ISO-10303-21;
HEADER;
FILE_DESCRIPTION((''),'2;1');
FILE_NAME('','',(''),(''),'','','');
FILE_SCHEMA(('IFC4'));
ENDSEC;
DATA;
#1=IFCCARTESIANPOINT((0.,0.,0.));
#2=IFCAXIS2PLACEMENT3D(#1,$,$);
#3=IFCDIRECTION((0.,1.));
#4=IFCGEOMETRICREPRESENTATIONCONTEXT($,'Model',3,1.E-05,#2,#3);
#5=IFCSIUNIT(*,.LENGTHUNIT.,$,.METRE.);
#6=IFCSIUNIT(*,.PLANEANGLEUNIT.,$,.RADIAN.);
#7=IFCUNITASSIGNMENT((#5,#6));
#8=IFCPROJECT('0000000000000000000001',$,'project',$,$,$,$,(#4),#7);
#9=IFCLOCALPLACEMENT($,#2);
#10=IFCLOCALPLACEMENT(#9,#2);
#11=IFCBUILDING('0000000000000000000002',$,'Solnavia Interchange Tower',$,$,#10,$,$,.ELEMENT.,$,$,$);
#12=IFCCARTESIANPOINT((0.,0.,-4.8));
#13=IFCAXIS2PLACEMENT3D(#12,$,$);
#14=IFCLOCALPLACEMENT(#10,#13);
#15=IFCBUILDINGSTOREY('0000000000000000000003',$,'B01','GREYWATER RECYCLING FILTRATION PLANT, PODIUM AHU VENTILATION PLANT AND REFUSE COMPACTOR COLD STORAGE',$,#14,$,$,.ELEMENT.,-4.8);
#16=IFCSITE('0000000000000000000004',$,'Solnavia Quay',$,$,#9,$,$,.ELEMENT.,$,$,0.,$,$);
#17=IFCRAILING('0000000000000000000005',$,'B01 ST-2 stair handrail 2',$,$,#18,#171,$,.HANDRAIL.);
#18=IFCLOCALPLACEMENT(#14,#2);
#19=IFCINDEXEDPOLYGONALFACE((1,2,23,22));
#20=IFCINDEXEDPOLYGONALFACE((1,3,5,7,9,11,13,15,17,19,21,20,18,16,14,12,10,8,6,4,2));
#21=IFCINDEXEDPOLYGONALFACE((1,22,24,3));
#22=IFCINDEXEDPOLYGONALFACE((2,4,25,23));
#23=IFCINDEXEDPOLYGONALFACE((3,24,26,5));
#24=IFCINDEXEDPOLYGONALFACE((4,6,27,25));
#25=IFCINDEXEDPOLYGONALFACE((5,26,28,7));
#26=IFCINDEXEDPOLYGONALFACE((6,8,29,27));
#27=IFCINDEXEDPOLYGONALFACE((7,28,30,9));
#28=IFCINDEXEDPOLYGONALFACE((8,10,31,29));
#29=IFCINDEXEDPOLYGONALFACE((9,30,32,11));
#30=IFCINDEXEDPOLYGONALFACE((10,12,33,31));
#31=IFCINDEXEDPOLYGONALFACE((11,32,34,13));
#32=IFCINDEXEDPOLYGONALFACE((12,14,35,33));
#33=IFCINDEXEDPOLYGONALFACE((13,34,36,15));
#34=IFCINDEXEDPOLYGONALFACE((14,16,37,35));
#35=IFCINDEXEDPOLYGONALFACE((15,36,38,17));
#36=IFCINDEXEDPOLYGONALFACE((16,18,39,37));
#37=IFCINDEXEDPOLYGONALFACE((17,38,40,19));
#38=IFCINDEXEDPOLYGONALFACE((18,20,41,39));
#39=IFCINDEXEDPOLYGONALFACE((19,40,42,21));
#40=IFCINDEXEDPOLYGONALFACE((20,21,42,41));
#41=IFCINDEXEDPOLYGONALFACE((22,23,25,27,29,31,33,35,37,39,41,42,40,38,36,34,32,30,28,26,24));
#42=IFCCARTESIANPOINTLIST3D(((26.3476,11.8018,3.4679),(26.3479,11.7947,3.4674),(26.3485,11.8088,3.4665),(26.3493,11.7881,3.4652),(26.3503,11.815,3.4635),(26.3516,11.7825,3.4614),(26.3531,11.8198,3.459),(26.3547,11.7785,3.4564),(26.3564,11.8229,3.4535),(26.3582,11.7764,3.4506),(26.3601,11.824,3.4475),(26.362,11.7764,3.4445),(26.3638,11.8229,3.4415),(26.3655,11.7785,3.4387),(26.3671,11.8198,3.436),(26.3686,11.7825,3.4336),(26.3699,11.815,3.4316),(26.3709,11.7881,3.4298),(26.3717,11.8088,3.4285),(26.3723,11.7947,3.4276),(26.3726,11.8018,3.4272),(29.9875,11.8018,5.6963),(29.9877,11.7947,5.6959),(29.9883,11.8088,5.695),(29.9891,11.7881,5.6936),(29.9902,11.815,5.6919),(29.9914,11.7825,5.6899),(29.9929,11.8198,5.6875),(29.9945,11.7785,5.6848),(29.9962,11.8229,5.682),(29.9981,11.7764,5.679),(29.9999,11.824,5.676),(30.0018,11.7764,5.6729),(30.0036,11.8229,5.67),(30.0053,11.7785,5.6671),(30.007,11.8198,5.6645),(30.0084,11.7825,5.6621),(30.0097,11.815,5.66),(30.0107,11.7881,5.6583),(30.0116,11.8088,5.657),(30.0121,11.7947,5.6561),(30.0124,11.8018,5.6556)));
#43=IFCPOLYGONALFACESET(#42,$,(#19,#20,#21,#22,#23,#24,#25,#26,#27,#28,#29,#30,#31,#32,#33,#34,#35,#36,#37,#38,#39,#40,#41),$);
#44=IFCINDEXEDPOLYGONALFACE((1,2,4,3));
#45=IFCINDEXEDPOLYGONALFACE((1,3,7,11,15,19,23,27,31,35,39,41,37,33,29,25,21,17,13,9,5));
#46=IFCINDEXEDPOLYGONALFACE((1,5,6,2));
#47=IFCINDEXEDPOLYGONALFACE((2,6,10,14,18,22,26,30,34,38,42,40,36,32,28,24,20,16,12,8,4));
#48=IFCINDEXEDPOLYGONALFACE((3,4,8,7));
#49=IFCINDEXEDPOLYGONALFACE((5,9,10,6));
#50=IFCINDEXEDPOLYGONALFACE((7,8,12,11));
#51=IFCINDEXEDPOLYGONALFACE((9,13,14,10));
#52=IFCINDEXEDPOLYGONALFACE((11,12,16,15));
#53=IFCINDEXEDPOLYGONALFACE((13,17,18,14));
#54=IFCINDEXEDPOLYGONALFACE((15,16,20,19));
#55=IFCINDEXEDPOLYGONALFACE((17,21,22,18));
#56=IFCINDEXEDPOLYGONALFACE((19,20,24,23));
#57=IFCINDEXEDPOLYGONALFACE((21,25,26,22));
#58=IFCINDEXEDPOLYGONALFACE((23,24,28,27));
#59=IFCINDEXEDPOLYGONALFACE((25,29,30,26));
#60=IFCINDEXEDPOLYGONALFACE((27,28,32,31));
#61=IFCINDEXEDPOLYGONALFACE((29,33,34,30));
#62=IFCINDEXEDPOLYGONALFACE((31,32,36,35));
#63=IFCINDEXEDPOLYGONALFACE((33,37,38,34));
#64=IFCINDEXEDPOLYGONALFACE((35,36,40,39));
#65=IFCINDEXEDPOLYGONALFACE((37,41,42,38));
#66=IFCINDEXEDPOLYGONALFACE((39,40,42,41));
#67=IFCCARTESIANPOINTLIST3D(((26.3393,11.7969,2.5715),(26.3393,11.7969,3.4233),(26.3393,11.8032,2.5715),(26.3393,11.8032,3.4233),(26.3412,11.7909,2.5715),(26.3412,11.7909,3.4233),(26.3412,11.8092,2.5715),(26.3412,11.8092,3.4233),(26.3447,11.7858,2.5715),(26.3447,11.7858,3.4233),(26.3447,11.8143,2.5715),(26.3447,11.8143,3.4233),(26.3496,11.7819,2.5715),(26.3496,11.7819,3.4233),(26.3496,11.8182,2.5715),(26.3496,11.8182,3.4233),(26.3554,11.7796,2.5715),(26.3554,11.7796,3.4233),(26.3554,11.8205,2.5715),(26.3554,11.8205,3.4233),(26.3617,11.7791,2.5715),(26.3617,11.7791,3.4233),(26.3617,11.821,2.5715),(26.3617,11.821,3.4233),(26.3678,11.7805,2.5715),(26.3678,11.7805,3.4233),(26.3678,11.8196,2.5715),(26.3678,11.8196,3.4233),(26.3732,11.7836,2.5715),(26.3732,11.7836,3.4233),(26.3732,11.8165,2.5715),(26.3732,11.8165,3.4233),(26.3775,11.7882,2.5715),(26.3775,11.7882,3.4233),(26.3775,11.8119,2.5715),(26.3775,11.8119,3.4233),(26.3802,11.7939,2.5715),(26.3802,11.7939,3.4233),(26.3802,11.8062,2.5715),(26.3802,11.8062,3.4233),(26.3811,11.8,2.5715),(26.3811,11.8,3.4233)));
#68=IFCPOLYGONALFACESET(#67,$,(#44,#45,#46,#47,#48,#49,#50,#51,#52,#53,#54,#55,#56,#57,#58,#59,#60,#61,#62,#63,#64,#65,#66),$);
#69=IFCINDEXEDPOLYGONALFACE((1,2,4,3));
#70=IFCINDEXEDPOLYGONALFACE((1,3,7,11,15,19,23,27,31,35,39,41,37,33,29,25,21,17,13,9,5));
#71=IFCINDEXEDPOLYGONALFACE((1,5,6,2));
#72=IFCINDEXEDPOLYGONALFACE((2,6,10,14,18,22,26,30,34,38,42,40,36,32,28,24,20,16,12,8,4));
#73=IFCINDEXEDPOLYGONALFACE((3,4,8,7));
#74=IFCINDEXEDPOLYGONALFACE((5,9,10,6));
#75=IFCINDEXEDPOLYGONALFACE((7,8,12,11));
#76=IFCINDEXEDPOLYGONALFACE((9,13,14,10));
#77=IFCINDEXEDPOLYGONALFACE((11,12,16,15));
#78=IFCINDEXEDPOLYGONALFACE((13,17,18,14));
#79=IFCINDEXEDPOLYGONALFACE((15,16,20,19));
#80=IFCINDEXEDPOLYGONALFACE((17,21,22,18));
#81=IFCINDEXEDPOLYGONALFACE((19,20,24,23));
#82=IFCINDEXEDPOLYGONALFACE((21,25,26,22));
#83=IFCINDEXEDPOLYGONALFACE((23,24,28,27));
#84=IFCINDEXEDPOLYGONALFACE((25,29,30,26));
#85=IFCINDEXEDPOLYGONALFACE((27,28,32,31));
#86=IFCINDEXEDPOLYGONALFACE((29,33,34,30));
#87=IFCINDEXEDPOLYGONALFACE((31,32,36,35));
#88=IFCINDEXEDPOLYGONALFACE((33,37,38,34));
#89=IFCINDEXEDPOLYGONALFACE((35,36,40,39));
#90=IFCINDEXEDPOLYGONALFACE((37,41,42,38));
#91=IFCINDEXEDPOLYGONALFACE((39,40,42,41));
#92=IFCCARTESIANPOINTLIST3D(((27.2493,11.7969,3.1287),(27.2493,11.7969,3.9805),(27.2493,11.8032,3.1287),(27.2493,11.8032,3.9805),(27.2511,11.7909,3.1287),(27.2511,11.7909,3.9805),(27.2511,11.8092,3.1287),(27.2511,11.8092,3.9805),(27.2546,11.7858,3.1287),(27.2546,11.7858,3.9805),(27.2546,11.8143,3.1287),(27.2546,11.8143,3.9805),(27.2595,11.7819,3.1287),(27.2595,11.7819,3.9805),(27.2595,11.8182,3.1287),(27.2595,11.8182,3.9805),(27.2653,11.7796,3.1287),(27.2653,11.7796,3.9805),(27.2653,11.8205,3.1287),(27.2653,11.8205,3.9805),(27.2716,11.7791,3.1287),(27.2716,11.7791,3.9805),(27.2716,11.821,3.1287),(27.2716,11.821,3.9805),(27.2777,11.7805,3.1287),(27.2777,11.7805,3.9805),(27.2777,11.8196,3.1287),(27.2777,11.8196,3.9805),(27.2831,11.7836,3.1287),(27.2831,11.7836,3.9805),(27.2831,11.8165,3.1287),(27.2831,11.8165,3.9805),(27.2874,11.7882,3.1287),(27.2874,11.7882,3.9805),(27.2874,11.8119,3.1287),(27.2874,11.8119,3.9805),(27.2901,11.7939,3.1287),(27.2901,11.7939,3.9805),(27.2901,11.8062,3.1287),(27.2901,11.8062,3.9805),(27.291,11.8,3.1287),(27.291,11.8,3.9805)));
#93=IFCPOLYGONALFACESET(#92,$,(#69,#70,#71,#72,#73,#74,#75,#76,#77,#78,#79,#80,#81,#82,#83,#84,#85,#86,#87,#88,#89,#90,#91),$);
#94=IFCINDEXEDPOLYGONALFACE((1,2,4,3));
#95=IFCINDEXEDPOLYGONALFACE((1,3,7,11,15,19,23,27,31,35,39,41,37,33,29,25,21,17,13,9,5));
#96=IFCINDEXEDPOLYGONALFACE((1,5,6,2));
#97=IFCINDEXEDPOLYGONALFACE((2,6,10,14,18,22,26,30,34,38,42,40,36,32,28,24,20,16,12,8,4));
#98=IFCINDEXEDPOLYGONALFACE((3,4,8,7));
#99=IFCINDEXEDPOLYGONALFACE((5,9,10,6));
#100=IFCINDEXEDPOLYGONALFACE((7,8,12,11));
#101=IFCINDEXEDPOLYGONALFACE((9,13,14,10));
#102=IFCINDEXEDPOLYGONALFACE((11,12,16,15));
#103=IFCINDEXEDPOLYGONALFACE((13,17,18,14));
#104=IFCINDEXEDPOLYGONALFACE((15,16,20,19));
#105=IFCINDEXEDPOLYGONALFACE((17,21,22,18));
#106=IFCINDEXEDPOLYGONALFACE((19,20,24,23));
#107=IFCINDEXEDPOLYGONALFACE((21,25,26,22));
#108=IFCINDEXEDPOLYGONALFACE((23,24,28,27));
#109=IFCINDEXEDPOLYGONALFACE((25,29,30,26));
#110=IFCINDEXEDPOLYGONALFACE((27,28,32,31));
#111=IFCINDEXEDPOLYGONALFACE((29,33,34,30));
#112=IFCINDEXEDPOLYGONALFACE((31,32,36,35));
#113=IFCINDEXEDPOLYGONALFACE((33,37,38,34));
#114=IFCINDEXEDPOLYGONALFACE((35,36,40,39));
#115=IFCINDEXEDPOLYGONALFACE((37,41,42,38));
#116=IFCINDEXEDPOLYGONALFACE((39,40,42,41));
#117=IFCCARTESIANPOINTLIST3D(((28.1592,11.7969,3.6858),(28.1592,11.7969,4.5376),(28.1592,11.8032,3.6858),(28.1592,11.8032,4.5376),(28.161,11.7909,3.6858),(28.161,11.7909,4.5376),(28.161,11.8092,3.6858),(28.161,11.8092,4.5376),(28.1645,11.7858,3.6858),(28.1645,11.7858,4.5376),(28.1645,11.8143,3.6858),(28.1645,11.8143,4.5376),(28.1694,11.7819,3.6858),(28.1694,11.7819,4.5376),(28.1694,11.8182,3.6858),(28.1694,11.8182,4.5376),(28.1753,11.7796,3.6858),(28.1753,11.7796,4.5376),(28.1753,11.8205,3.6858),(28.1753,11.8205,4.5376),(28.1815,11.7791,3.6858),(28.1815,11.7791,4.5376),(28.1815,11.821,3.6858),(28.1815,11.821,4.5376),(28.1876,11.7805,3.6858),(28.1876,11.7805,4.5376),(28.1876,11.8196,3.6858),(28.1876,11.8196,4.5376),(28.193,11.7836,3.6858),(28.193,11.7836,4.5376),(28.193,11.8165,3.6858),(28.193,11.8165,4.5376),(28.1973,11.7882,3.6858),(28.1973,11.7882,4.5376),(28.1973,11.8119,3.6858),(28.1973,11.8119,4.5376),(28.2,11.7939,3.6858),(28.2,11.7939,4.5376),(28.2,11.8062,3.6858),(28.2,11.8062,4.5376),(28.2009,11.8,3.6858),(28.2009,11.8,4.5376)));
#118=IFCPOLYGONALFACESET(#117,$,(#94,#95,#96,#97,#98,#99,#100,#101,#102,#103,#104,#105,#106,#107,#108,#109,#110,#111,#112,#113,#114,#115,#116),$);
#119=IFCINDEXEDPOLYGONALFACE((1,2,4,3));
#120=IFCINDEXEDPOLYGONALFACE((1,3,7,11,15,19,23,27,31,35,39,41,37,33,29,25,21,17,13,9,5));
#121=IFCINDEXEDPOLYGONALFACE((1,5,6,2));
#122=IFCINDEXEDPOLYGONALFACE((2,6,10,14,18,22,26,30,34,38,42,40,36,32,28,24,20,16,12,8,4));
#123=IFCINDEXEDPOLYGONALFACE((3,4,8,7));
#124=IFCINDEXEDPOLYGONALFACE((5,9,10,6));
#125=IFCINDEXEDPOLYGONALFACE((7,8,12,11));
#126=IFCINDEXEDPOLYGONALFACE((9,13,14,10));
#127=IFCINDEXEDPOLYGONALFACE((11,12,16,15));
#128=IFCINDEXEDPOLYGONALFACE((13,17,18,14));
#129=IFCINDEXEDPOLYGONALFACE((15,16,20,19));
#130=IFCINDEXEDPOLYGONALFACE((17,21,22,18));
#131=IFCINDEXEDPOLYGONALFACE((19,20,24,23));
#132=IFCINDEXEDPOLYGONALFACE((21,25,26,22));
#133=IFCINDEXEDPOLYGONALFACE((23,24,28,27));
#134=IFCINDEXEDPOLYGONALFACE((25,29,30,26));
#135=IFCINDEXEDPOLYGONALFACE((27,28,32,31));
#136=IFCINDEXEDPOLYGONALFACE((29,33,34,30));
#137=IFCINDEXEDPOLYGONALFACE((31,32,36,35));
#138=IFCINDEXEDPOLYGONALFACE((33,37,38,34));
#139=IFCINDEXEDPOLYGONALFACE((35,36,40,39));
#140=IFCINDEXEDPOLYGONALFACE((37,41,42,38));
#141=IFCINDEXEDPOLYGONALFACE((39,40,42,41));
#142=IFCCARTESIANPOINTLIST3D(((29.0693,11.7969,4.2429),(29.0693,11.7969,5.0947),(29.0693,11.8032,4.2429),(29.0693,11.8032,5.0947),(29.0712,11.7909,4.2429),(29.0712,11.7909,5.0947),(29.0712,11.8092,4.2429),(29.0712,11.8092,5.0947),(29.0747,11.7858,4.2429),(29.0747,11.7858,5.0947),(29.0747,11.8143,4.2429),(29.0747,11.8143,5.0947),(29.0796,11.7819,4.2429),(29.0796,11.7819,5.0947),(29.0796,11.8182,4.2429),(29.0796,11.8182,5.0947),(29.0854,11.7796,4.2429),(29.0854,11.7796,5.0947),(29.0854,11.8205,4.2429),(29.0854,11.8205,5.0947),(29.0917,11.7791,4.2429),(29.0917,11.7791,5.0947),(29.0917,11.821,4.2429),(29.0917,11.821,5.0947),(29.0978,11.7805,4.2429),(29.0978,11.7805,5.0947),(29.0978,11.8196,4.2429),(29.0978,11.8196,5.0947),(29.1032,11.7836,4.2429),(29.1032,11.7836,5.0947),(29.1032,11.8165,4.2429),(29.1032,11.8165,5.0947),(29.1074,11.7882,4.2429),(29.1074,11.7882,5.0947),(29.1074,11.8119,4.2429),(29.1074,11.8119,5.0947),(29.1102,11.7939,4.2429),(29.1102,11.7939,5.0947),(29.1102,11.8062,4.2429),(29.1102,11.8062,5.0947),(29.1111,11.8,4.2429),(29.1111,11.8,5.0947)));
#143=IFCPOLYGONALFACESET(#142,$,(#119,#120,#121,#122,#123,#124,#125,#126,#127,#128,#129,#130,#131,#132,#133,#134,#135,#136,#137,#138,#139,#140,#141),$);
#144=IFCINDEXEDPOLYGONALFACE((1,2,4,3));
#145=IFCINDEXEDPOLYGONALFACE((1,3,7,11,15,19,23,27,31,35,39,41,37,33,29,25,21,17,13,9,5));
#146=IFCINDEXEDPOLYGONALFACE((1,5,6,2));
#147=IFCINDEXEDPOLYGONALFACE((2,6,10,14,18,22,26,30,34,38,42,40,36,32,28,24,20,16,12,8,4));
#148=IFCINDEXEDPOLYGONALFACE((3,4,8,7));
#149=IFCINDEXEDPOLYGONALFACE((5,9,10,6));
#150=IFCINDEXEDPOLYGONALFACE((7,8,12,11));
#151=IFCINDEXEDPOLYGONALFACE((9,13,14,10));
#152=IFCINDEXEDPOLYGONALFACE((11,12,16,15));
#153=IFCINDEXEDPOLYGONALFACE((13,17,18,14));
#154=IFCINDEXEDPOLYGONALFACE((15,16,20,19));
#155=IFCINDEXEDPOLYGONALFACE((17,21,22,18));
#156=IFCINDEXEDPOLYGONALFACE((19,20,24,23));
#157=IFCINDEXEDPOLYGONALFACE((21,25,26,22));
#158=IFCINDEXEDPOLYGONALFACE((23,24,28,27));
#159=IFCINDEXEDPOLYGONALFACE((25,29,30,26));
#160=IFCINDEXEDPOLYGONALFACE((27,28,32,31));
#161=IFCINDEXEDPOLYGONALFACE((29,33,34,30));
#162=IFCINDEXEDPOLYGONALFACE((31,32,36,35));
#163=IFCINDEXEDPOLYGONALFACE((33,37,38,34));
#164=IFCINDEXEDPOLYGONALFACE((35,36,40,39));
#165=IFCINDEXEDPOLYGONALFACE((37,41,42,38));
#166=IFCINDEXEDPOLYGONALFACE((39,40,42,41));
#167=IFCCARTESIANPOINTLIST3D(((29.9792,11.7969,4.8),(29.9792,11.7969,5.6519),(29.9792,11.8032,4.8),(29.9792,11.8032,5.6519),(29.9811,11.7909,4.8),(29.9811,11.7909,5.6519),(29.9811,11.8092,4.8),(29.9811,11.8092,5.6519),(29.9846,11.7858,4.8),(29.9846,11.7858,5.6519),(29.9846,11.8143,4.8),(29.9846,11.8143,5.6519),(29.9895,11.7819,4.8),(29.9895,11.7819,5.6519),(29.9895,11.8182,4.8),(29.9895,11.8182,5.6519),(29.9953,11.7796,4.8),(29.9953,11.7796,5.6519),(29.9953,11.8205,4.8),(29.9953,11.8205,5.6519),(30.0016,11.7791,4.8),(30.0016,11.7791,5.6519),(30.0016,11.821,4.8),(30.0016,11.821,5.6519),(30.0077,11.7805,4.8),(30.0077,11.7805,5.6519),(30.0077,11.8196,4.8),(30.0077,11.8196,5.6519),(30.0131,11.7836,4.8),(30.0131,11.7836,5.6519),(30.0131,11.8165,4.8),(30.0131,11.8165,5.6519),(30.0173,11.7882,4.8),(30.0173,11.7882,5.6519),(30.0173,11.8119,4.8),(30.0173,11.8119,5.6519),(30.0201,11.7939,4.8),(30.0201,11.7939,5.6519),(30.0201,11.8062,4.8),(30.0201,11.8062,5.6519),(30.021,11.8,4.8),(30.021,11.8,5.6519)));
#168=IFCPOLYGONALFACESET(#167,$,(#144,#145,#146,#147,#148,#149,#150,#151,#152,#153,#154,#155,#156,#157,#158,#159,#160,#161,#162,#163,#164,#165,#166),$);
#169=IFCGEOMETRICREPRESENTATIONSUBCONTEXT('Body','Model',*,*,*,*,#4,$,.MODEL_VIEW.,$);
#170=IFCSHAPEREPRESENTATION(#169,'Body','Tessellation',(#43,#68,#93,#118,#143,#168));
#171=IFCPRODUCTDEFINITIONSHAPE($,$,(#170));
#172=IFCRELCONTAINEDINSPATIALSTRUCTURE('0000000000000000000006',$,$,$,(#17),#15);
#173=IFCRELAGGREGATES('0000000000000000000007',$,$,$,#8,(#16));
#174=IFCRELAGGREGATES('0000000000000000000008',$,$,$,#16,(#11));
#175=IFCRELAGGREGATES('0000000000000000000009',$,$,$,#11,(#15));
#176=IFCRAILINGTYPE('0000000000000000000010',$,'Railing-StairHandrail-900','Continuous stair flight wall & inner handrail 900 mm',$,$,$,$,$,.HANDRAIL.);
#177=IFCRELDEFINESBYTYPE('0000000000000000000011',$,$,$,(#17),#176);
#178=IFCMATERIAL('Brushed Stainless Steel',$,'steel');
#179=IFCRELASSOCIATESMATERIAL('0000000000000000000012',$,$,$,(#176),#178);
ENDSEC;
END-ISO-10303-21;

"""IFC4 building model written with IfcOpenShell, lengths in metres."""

from ifc_helpers import new_model, si_unit, direction, frame, origin, origin_2d, place, context, subcontext, project, spatial, circle, extrude, material, type_object, element, save


model = new_model("IFC4")

# Units and contexts
model_context = context("Model", 3, precision=1e-05, world=origin(), true_north=direction((0.0, 1.0)))
body_context = subcontext(model_context, "Body", "Model", "MODEL_VIEW")
ifc_project = project(units=[si_unit("LENGTHUNIT", "METRE"), si_unit("PLANEANGLEUNIT", "RADIAN")], contexts=[model_context])

# Site, building, storey
site_placement = place(None, origin())
site = spatial("IfcSite", under=ifc_project, at=site_placement, Name="Solnavia Quay", CompositionType="ELEMENT", RefElevation=0.0)
building_placement = place(site_placement, origin())
building = spatial("IfcBuilding", under=site, at=building_placement, Name="Solnavia Interchange Tower", CompositionType="ELEMENT")
storey_placement = place(building_placement, frame((0.0, 0.0, -4.8)))
storey = spatial("IfcBuildingStorey", under=building, at=storey_placement, Name="B01", Description="GREYWATER RECYCLING FILTRATION PLANT, PODIUM AHU VENTILATION PLANT AND REFUSE COMPACTOR COLD STORAGE", CompositionType="ELEMENT", Elevation=-4.8)

# Railing
ifc_material_1 = material(Name="Brushed Stainless Steel", Category="steel")
railing_type_1 = type_object("IfcRailingType", Name="Railing-StairHandrail-900", Description="Continuous stair flight wall & inner handrail 900 mm", PredefinedType="HANDRAIL", material=ifc_material_1)
railing_1_placement = place(storey_placement, frame((26.3601, 11.8, 2.5715)))
element("IfcRailing", 1, at=railing_1_placement, inside=storey, type_object=railing_type_1, Name="B01 ST-2 stair handrail 2", PredefinedType="HANDRAIL", context=body_context, shape_type="SweptSolid", body=[
    extrude(circle(Radius=0.0239, at=origin_2d()), frame((0.0, 0.0, 0.876), z_axis=(0.85285, 0.0, 0.522156), x_axis=(0.0, 1.0, 0.0)), (0.0, 0.0, 1.0), 4.2678),
    extrude(circle(Radius=0.021, at=origin_2d()), origin(), (0.0, 0.0, 1.0), 0.8518),
    extrude(circle(Radius=0.021, at=origin_2d()), frame((0.9099, 0.0, 0.5571)), (0.0, 0.0, 1.0), 0.8518),
    extrude(circle(Radius=0.021, at=origin_2d()), frame((1.8198, 0.0, 1.1143)), (0.0, 0.0, 1.0), 0.8518),
    extrude(circle(Radius=0.021, at=origin_2d()), frame((2.73, 0.0, 1.6714)), (0.0, 0.0, 1.0), 0.8518),
    extrude(circle(Radius=0.021, at=origin_2d()), frame((3.6399, 0.0, 2.2285)), (0.0, 0.0, 1.0), 0.8518),
])

save(model, "model.ifc")
